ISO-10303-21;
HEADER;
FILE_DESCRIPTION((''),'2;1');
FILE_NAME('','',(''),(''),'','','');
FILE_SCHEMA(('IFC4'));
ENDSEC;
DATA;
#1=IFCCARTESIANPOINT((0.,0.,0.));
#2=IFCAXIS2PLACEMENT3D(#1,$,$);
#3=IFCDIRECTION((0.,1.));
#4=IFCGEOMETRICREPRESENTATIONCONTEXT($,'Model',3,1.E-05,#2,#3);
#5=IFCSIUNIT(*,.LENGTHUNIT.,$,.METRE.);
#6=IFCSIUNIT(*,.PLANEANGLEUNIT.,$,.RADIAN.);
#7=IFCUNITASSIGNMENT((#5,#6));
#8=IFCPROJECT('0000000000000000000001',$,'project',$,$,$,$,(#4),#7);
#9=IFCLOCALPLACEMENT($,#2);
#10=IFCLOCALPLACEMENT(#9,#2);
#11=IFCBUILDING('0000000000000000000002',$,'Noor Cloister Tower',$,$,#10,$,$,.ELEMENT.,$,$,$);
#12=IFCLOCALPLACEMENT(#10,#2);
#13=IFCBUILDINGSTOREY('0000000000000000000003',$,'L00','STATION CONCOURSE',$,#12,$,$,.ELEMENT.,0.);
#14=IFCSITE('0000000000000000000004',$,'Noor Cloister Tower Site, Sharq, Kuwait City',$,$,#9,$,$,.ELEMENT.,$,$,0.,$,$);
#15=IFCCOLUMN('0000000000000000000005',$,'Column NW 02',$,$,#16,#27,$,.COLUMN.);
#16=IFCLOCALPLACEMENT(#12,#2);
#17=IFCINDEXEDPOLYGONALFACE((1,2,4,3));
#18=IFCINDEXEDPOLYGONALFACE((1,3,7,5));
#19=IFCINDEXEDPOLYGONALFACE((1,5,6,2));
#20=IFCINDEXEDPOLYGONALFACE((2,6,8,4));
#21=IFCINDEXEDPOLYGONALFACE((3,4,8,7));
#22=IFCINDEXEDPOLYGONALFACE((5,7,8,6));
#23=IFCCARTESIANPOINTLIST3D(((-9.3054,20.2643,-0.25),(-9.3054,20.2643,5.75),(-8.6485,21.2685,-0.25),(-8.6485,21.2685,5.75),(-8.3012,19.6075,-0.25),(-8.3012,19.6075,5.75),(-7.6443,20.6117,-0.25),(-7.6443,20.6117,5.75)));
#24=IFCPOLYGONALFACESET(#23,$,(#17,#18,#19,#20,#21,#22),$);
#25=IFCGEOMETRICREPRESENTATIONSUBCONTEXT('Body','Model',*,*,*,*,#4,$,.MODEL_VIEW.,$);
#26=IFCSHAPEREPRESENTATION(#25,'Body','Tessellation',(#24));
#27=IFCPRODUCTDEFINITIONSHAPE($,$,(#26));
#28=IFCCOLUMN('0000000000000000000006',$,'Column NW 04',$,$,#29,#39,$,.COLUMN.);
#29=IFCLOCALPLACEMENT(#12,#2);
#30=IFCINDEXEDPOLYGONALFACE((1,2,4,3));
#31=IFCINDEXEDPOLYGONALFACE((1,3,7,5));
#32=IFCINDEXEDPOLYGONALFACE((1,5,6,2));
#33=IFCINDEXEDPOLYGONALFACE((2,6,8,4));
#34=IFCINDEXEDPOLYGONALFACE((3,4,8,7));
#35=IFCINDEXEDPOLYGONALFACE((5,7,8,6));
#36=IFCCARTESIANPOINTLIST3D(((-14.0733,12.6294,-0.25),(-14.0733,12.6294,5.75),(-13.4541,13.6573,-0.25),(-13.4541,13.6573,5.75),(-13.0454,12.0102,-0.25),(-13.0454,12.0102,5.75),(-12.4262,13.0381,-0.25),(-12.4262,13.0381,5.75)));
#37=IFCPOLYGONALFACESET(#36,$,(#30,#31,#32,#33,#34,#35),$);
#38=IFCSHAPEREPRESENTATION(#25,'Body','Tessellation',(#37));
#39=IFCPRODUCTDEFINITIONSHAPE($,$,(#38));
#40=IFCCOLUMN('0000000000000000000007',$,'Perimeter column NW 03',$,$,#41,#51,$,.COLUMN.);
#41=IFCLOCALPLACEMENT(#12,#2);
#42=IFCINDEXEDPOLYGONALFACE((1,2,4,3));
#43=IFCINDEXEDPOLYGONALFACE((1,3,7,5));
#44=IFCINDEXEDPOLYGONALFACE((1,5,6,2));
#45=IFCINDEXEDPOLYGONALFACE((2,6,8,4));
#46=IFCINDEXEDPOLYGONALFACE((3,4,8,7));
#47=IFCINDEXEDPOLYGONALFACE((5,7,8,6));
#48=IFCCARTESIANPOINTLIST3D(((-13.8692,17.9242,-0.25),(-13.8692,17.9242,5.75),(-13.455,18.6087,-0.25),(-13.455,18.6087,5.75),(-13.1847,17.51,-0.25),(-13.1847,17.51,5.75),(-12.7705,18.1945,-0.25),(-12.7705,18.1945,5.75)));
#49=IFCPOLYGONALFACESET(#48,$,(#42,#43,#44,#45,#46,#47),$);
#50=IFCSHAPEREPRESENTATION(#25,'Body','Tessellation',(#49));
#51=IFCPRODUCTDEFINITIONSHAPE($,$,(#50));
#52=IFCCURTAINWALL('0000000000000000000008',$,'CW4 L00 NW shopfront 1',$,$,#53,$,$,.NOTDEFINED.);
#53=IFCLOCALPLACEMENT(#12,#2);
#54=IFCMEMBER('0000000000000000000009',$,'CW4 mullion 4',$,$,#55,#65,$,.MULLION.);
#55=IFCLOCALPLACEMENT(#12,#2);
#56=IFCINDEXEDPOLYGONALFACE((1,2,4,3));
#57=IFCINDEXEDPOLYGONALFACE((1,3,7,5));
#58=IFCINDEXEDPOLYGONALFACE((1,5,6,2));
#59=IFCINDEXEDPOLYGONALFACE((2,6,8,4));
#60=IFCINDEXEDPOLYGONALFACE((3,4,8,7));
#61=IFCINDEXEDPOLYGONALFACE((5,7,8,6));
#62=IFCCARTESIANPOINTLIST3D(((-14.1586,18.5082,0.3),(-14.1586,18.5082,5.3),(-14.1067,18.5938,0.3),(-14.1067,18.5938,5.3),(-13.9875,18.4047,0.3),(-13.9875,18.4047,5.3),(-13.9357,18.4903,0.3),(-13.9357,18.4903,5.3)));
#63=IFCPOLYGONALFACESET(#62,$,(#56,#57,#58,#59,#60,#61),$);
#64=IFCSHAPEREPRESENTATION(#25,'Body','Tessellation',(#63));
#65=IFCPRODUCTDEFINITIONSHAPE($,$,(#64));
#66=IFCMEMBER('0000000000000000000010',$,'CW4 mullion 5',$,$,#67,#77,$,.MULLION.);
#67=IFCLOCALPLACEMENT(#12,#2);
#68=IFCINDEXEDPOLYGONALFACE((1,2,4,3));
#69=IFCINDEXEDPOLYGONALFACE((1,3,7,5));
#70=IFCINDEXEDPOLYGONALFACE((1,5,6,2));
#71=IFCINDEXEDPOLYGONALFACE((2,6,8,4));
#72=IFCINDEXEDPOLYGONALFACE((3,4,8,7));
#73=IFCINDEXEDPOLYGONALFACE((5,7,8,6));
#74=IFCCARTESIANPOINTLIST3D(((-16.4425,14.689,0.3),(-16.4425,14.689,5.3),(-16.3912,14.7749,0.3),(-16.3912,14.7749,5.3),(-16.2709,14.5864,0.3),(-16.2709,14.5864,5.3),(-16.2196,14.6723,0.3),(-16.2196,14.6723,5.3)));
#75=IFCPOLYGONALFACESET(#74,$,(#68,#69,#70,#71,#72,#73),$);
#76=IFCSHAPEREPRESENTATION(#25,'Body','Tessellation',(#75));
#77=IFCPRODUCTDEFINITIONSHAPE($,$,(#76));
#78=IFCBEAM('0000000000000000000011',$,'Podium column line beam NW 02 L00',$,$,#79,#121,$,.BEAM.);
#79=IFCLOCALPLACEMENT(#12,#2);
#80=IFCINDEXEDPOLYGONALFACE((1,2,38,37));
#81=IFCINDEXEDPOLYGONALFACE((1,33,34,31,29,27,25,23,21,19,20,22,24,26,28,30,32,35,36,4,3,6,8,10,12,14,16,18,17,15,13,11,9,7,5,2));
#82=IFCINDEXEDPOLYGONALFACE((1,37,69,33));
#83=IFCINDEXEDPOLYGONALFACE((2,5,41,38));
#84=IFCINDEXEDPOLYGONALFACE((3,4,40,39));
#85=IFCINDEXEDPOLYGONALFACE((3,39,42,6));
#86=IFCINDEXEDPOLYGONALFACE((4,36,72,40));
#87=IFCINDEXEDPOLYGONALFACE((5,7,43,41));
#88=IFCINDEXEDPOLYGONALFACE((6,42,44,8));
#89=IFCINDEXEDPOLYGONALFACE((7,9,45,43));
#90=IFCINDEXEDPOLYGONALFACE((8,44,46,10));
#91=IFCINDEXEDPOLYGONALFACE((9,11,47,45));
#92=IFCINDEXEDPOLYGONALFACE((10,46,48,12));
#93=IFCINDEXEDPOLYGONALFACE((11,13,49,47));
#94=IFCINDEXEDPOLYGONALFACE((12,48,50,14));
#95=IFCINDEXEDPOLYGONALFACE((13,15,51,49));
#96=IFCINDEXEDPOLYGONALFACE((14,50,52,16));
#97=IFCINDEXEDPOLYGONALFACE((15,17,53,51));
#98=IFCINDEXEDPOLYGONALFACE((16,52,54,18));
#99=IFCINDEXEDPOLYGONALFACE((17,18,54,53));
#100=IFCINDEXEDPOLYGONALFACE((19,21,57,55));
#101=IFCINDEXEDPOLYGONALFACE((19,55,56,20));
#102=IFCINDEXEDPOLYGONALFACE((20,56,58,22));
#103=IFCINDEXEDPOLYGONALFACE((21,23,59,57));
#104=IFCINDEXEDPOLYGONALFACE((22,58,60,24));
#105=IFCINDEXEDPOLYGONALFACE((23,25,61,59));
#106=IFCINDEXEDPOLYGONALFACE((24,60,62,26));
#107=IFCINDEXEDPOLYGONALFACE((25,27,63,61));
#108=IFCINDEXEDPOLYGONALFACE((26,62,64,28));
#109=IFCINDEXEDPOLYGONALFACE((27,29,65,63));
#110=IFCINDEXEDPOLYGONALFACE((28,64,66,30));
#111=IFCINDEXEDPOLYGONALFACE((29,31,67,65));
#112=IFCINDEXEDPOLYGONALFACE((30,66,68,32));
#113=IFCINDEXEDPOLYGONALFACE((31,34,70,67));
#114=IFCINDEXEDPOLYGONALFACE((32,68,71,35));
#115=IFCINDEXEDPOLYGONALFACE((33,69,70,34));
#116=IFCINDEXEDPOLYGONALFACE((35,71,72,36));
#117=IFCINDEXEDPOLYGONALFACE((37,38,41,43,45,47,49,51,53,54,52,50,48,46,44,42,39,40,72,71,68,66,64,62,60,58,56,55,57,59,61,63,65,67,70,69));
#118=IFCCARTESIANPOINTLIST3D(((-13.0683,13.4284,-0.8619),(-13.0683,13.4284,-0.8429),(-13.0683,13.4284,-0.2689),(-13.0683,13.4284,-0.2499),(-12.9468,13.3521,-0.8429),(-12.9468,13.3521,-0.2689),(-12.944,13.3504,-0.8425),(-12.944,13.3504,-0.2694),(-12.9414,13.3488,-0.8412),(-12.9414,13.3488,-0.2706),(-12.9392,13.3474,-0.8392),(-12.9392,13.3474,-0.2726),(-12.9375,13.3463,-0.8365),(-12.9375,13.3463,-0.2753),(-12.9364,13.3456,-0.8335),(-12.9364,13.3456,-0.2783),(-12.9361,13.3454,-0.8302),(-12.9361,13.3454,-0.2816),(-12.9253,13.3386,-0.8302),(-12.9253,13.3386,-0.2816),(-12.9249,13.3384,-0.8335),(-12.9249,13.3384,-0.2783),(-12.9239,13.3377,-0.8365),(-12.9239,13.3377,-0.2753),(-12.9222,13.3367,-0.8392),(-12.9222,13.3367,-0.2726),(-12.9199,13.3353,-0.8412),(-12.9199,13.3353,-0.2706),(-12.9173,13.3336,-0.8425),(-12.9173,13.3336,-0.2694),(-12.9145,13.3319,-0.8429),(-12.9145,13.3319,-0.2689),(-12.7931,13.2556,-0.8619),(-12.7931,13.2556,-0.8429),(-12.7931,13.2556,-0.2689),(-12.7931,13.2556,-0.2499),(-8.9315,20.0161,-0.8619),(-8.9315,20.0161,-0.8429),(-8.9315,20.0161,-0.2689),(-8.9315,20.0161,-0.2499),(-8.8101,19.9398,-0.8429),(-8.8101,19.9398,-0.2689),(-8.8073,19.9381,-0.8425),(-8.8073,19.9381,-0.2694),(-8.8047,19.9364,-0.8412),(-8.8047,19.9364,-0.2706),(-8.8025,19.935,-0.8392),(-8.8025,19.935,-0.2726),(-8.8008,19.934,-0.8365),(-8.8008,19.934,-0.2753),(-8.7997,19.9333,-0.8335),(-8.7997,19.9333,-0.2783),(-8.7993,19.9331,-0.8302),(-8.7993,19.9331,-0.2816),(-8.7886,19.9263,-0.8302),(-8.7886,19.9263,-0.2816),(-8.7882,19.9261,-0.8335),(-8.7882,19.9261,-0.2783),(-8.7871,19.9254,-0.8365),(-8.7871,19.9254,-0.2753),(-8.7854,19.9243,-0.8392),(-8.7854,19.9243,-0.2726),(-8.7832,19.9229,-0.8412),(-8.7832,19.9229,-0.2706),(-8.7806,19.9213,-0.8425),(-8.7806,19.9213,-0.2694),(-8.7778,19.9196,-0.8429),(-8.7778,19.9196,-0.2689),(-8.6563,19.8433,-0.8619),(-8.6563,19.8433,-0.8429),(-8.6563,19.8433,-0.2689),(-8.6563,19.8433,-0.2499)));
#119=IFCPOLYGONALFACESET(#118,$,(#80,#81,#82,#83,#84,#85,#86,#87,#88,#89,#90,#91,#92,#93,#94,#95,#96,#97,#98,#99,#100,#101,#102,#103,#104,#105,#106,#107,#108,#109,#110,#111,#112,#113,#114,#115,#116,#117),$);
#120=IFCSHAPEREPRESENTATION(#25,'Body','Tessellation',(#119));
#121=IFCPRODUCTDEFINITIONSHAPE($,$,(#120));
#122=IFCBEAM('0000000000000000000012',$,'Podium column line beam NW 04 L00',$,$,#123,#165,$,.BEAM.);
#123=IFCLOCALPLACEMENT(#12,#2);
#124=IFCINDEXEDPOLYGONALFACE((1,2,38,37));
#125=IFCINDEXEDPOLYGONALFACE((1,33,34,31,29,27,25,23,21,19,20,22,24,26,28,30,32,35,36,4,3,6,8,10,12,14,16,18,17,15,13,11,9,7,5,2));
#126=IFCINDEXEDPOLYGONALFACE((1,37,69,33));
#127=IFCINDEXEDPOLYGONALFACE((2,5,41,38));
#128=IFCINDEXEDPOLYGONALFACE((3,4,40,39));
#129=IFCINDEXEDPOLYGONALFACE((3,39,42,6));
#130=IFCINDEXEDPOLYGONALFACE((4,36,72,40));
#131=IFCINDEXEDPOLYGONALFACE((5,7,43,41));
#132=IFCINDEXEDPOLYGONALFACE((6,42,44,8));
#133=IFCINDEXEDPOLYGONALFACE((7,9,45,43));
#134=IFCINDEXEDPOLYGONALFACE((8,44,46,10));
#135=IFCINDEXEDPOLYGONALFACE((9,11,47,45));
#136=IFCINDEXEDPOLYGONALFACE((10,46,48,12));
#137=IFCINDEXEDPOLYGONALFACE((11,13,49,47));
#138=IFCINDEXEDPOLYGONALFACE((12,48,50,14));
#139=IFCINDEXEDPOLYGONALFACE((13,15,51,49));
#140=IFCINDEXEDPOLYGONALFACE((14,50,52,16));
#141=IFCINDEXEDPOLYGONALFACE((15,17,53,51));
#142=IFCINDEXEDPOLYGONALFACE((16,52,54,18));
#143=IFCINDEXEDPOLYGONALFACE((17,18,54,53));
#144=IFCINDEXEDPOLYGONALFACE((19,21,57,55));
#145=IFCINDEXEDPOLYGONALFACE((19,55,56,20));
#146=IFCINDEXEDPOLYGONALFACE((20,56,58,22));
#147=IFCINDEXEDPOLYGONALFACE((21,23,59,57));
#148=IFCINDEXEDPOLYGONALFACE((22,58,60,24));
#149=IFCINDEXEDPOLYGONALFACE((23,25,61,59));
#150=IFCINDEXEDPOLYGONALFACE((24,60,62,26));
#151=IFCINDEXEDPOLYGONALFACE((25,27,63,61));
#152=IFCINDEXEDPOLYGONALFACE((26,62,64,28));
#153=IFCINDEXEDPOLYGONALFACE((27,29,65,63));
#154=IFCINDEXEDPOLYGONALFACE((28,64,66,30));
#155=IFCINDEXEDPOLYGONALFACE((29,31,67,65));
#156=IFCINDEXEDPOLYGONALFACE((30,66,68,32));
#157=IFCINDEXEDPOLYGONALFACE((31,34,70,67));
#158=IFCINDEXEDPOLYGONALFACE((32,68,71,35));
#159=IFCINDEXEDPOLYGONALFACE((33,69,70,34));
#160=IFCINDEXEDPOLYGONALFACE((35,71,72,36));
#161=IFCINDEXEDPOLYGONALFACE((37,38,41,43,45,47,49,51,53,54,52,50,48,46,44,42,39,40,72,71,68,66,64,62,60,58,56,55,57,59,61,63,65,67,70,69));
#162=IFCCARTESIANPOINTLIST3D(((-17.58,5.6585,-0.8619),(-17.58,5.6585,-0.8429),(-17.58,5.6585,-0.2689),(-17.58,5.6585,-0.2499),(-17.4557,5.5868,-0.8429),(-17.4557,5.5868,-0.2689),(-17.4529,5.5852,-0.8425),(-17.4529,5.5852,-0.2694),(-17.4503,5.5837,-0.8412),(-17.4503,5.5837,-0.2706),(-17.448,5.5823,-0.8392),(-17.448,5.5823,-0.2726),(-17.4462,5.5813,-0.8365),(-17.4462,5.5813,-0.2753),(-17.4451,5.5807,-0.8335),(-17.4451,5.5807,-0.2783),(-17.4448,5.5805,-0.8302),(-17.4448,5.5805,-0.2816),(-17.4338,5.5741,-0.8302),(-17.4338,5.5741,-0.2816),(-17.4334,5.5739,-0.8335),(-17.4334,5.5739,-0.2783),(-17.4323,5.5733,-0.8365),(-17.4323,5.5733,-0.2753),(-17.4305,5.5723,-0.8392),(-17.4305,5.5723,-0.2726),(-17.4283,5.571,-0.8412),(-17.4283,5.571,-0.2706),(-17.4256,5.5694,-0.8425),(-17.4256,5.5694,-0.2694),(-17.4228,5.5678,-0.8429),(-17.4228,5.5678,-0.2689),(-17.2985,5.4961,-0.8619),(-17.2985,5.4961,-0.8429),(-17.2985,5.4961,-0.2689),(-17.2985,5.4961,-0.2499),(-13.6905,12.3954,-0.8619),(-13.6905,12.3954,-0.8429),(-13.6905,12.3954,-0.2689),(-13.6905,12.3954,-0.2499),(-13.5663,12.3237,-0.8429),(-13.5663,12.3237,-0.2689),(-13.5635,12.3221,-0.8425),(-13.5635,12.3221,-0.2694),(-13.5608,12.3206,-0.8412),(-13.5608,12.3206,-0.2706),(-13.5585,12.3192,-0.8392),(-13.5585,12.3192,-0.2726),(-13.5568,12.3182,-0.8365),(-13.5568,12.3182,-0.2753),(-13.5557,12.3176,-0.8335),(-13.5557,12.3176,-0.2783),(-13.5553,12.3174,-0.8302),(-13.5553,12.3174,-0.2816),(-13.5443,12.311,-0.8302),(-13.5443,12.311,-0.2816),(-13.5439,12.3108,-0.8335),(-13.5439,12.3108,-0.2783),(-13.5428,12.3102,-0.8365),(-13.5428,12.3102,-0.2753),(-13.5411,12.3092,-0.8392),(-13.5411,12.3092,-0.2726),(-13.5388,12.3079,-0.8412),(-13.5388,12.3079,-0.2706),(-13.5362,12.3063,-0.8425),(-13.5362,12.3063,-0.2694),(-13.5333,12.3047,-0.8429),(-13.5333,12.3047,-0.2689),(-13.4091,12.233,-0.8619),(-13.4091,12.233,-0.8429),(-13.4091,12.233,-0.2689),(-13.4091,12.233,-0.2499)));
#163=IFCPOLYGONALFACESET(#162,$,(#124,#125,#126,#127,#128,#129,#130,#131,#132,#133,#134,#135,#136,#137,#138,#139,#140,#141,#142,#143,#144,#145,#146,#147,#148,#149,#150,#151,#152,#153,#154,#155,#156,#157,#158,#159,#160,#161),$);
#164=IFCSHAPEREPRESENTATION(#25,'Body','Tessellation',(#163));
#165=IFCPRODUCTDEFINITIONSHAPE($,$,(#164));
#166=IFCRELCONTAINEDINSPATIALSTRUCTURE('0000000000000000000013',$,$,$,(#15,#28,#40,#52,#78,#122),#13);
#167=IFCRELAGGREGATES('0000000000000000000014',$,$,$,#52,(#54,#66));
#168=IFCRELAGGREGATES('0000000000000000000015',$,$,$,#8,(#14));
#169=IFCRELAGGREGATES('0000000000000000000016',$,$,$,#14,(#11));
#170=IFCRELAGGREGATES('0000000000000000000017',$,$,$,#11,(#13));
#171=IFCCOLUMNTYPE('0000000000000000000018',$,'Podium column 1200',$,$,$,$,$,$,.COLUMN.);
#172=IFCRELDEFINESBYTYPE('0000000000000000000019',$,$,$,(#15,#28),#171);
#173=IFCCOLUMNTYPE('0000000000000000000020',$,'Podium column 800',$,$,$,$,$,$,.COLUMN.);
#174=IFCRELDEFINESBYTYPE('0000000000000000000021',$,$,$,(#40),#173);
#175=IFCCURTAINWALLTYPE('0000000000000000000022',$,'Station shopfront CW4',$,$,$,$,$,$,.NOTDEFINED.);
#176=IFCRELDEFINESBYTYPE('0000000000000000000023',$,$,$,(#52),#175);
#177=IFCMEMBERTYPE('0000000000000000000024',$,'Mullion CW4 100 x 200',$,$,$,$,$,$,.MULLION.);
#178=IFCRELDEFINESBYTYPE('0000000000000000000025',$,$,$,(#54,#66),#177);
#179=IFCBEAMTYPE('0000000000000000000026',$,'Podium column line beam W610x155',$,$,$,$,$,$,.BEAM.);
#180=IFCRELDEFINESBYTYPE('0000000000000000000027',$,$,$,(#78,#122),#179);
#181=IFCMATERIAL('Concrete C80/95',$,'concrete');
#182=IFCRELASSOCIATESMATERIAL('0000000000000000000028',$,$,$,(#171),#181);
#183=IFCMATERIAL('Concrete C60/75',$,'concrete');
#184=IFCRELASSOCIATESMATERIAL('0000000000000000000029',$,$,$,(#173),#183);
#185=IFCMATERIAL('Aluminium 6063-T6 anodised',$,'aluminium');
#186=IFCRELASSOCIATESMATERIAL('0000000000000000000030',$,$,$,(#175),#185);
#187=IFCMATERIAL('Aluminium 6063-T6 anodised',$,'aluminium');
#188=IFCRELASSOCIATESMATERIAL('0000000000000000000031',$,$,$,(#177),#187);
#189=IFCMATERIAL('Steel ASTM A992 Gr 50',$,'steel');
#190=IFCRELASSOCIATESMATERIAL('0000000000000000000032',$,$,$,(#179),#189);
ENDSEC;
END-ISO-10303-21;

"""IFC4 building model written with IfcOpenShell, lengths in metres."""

from ifc_helpers import new_model, si_unit, direction, frame, origin, origin_2d, place, context, subcontext, project, spatial, rectangle, i_section, extrude, material, material_profile, profile_set, type_object, element, aggregate, save


model = new_model("IFC4")

# Units and contexts
model_context = context("Model", 3, precision=1e-05, world=origin(), true_north=direction((0.0, 1.0)))
body_context = subcontext(model_context, "Body", "Model", "MODEL_VIEW")
ifc_project = project(units=[si_unit("LENGTHUNIT", "METRE"), si_unit("PLANEANGLEUNIT", "RADIAN")], contexts=[model_context])

# Site, building, storey
site_placement = place(None, origin())
site = spatial("IfcSite", under=ifc_project, at=site_placement, Name="Noor Cloister Tower Site, Sharq, Kuwait City", CompositionType="ELEMENT", RefElevation=0.0)
building_placement = place(site_placement, origin())
building = spatial("IfcBuilding", under=site, at=building_placement, Name="Noor Cloister Tower", CompositionType="ELEMENT")
storey_placement = place(building_placement, origin())
storey = spatial("IfcBuildingStorey", under=building, at=storey_placement, Name="L00", Description="STATION CONCOURSE", CompositionType="ELEMENT", Elevation=0.0)

# Columns
ifc_material_1 = material(Name="Concrete C80/95", Category="concrete")
ifc_material_profile_1 = material_profile(ifc_material_1, rectangle(XDim=1.2, YDim=1.2, at=origin_2d()), Name="Podium column 1200")
ifc_profile_set_1 = profile_set([ifc_material_profile_1], Name="Concrete C80/95")
column_type_1 = type_object("IfcColumnType", Name="Podium column 1200", PredefinedType="COLUMN", material=ifc_profile_set_1)
for number, where, z_axis, x_axis, name in (
    (1, (-8.4749, 20.438, -0.25), (0.0, 0.0, 1.0), (-0.836868, 0.547405, 0.0), "Column NW 02"),
    (2, (-13.2498, 12.8337, -0.25), (0.0, 0.0, 1.0), (-0.8566, 0.515981, 0.0), "Column NW 04"),
):
    element("IfcColumn", number, at=place(storey_placement, frame(where, z_axis=z_axis, x_axis=x_axis)), inside=storey, type_object=column_type_1, Name=name, PredefinedType="COLUMN", context=body_context, shape_type="SweptSolid", body=[
        extrude(rectangle(XDim=1.2, YDim=1.2, at=origin_2d()), origin(), (0.0, 0.0, 1.0), 6.0),
    ])
ifc_material_2 = material(Name="Concrete C60/75", Category="concrete")
ifc_material_profile_2 = material_profile(ifc_material_2, rectangle(XDim=0.8, YDim=0.8, at=origin_2d()), Name="Podium column 800")
ifc_profile_set_2 = profile_set([ifc_material_profile_2], Name="Concrete C60/75")
column_type_2 = type_object("IfcColumnType", Name="Podium column 800", PredefinedType="COLUMN", material=ifc_profile_set_2)
column_placement = place(storey_placement, frame((-13.3198, 18.0593, -0.25), z_axis=(0.0, 0.0, 1.0), x_axis=(-0.855574, 0.51768, 0.0)))
element("IfcColumn", 3, at=column_placement, inside=storey, type_object=column_type_2, Name="Perimeter column NW 03", PredefinedType="COLUMN", context=body_context, shape_type="SweptSolid", body=[
    extrude(rectangle(XDim=0.8, YDim=0.8, at=origin_2d()), origin(), (0.0, 0.0, 1.0), 6.0),
])

# Curtain wall, members
ifc_material_3 = material(Name="Aluminium 6063-T6 anodised", Category="aluminium")
curtain_wall_type = type_object("IfcCurtainWallType", Name="Station shopfront CW4", PredefinedType="NOTDEFINED", material=ifc_material_3)
curtain_wall_placement = place(storey_placement, origin())
curtain_wall = element("IfcCurtainWall", 4, at=curtain_wall_placement, inside=storey, type_object=curtain_wall_type, Name="CW4 L00 NW shopfront 1", PredefinedType="NOTDEFINED")
ifc_material_4 = material(Name="Aluminium 6063-T6 anodised", Category="aluminium")
ifc_material_profile_3 = material_profile(ifc_material_4, rectangle(XDim=0.2, YDim=0.1001, at=origin_2d()), Name="200 x 100 mullion")
ifc_profile_set_3 = profile_set([ifc_material_profile_3], Name="Aluminium 6063-T6 anodised")
member_type = type_object("IfcMemberType", Name="Mullion CW4 100 x 200", PredefinedType="MULLION", material=ifc_profile_set_3)
member_1_placement = place(storey_placement, frame((-14.0471, 18.4993, 0.3), z_axis=(0.0, 0.0, 1.0), x_axis=(0.855574, -0.51768, 0.0)))
member_1 = element("IfcMember", 5, at=member_1_placement, type_object=member_type, Name="CW4 mullion 4", PredefinedType="MULLION", context=body_context, shape_type="SweptSolid", body=[
    extrude(rectangle(XDim=0.2, YDim=0.1001, at=origin_2d()), origin(), (0.0, 0.0, 1.0), 5.0),
])
member_2_placement = place(storey_placement, frame((-16.3311, 14.6807, 0.3), z_axis=(0.0, 0.0, 1.0), x_axis=(0.858221, -0.51328, 0.0)))
member_2 = element("IfcMember", 6, at=member_2_placement, type_object=member_type, Name="CW4 mullion 5", PredefinedType="MULLION", context=body_context, shape_type="SweptSolid", body=[
    extrude(rectangle(XDim=0.2, YDim=0.1001, at=origin_2d()), origin(), (0.0, 0.0, 1.0), 5.0),
])

# Beams
ifc_material_5 = material(Name="Steel ASTM A992 Gr 50", Category="steel")
ifc_material_profile_4 = material_profile(ifc_material_5, i_section(OverallWidth=0.325, OverallDepth=0.6121, WebThickness=0.0127, FlangeThickness=0.019, FilletRadius=0.0127, at=origin_2d()), Name="W610x155")
ifc_profile_set_4 = profile_set([ifc_material_profile_4], Name="Steel ASTM A992 Gr 50")
beam_type_1 = type_object("IfcBeamType", Name="Podium column line beam W610x155", PredefinedType="BEAM", material=ifc_profile_set_4)
beam_1_placement = place(storey_placement, frame((-8.7939, 19.9297, -0.5559), z_axis=(-0.531795, -0.846873, 0.0), x_axis=(0.846873, -0.531795, 0.0)))
element("IfcBeam", 7, at=beam_1_placement, inside=storey, type_object=beam_type_1, Name="Podium column line beam NW 02 L00", PredefinedType="BEAM", context=body_context, shape_type="SweptSolid", body=[
    extrude(i_section(OverallWidth=0.325, OverallDepth=0.6121, WebThickness=0.0127, FlangeThickness=0.019, FilletRadius=0.0127, at=origin_2d()), origin(), (0.0, 0.0, 1.0), 7.7788),
])
beam_2_placement = place(storey_placement, frame((-13.5498, 12.3142, -0.5559), z_axis=(-0.499991, -0.866031, 0.0), x_axis=(0.866031, -0.499991, 0.0)))
element("IfcBeam", 8, at=beam_2_placement, inside=storey, type_object=beam_type_1, Name="Podium column line beam NW 04 L00", PredefinedType="BEAM", context=body_context, shape_type="SweptSolid", body=[
    extrude(i_section(OverallWidth=0.325, OverallDepth=0.6121, WebThickness=0.0127, FlangeThickness=0.019, FilletRadius=0.0127, at=origin_2d()), origin(), (0.0, 0.0, 1.0), 7.7791),
])

aggregate(curtain_wall, [member_1, member_2])

save(model, "model.ifc")
